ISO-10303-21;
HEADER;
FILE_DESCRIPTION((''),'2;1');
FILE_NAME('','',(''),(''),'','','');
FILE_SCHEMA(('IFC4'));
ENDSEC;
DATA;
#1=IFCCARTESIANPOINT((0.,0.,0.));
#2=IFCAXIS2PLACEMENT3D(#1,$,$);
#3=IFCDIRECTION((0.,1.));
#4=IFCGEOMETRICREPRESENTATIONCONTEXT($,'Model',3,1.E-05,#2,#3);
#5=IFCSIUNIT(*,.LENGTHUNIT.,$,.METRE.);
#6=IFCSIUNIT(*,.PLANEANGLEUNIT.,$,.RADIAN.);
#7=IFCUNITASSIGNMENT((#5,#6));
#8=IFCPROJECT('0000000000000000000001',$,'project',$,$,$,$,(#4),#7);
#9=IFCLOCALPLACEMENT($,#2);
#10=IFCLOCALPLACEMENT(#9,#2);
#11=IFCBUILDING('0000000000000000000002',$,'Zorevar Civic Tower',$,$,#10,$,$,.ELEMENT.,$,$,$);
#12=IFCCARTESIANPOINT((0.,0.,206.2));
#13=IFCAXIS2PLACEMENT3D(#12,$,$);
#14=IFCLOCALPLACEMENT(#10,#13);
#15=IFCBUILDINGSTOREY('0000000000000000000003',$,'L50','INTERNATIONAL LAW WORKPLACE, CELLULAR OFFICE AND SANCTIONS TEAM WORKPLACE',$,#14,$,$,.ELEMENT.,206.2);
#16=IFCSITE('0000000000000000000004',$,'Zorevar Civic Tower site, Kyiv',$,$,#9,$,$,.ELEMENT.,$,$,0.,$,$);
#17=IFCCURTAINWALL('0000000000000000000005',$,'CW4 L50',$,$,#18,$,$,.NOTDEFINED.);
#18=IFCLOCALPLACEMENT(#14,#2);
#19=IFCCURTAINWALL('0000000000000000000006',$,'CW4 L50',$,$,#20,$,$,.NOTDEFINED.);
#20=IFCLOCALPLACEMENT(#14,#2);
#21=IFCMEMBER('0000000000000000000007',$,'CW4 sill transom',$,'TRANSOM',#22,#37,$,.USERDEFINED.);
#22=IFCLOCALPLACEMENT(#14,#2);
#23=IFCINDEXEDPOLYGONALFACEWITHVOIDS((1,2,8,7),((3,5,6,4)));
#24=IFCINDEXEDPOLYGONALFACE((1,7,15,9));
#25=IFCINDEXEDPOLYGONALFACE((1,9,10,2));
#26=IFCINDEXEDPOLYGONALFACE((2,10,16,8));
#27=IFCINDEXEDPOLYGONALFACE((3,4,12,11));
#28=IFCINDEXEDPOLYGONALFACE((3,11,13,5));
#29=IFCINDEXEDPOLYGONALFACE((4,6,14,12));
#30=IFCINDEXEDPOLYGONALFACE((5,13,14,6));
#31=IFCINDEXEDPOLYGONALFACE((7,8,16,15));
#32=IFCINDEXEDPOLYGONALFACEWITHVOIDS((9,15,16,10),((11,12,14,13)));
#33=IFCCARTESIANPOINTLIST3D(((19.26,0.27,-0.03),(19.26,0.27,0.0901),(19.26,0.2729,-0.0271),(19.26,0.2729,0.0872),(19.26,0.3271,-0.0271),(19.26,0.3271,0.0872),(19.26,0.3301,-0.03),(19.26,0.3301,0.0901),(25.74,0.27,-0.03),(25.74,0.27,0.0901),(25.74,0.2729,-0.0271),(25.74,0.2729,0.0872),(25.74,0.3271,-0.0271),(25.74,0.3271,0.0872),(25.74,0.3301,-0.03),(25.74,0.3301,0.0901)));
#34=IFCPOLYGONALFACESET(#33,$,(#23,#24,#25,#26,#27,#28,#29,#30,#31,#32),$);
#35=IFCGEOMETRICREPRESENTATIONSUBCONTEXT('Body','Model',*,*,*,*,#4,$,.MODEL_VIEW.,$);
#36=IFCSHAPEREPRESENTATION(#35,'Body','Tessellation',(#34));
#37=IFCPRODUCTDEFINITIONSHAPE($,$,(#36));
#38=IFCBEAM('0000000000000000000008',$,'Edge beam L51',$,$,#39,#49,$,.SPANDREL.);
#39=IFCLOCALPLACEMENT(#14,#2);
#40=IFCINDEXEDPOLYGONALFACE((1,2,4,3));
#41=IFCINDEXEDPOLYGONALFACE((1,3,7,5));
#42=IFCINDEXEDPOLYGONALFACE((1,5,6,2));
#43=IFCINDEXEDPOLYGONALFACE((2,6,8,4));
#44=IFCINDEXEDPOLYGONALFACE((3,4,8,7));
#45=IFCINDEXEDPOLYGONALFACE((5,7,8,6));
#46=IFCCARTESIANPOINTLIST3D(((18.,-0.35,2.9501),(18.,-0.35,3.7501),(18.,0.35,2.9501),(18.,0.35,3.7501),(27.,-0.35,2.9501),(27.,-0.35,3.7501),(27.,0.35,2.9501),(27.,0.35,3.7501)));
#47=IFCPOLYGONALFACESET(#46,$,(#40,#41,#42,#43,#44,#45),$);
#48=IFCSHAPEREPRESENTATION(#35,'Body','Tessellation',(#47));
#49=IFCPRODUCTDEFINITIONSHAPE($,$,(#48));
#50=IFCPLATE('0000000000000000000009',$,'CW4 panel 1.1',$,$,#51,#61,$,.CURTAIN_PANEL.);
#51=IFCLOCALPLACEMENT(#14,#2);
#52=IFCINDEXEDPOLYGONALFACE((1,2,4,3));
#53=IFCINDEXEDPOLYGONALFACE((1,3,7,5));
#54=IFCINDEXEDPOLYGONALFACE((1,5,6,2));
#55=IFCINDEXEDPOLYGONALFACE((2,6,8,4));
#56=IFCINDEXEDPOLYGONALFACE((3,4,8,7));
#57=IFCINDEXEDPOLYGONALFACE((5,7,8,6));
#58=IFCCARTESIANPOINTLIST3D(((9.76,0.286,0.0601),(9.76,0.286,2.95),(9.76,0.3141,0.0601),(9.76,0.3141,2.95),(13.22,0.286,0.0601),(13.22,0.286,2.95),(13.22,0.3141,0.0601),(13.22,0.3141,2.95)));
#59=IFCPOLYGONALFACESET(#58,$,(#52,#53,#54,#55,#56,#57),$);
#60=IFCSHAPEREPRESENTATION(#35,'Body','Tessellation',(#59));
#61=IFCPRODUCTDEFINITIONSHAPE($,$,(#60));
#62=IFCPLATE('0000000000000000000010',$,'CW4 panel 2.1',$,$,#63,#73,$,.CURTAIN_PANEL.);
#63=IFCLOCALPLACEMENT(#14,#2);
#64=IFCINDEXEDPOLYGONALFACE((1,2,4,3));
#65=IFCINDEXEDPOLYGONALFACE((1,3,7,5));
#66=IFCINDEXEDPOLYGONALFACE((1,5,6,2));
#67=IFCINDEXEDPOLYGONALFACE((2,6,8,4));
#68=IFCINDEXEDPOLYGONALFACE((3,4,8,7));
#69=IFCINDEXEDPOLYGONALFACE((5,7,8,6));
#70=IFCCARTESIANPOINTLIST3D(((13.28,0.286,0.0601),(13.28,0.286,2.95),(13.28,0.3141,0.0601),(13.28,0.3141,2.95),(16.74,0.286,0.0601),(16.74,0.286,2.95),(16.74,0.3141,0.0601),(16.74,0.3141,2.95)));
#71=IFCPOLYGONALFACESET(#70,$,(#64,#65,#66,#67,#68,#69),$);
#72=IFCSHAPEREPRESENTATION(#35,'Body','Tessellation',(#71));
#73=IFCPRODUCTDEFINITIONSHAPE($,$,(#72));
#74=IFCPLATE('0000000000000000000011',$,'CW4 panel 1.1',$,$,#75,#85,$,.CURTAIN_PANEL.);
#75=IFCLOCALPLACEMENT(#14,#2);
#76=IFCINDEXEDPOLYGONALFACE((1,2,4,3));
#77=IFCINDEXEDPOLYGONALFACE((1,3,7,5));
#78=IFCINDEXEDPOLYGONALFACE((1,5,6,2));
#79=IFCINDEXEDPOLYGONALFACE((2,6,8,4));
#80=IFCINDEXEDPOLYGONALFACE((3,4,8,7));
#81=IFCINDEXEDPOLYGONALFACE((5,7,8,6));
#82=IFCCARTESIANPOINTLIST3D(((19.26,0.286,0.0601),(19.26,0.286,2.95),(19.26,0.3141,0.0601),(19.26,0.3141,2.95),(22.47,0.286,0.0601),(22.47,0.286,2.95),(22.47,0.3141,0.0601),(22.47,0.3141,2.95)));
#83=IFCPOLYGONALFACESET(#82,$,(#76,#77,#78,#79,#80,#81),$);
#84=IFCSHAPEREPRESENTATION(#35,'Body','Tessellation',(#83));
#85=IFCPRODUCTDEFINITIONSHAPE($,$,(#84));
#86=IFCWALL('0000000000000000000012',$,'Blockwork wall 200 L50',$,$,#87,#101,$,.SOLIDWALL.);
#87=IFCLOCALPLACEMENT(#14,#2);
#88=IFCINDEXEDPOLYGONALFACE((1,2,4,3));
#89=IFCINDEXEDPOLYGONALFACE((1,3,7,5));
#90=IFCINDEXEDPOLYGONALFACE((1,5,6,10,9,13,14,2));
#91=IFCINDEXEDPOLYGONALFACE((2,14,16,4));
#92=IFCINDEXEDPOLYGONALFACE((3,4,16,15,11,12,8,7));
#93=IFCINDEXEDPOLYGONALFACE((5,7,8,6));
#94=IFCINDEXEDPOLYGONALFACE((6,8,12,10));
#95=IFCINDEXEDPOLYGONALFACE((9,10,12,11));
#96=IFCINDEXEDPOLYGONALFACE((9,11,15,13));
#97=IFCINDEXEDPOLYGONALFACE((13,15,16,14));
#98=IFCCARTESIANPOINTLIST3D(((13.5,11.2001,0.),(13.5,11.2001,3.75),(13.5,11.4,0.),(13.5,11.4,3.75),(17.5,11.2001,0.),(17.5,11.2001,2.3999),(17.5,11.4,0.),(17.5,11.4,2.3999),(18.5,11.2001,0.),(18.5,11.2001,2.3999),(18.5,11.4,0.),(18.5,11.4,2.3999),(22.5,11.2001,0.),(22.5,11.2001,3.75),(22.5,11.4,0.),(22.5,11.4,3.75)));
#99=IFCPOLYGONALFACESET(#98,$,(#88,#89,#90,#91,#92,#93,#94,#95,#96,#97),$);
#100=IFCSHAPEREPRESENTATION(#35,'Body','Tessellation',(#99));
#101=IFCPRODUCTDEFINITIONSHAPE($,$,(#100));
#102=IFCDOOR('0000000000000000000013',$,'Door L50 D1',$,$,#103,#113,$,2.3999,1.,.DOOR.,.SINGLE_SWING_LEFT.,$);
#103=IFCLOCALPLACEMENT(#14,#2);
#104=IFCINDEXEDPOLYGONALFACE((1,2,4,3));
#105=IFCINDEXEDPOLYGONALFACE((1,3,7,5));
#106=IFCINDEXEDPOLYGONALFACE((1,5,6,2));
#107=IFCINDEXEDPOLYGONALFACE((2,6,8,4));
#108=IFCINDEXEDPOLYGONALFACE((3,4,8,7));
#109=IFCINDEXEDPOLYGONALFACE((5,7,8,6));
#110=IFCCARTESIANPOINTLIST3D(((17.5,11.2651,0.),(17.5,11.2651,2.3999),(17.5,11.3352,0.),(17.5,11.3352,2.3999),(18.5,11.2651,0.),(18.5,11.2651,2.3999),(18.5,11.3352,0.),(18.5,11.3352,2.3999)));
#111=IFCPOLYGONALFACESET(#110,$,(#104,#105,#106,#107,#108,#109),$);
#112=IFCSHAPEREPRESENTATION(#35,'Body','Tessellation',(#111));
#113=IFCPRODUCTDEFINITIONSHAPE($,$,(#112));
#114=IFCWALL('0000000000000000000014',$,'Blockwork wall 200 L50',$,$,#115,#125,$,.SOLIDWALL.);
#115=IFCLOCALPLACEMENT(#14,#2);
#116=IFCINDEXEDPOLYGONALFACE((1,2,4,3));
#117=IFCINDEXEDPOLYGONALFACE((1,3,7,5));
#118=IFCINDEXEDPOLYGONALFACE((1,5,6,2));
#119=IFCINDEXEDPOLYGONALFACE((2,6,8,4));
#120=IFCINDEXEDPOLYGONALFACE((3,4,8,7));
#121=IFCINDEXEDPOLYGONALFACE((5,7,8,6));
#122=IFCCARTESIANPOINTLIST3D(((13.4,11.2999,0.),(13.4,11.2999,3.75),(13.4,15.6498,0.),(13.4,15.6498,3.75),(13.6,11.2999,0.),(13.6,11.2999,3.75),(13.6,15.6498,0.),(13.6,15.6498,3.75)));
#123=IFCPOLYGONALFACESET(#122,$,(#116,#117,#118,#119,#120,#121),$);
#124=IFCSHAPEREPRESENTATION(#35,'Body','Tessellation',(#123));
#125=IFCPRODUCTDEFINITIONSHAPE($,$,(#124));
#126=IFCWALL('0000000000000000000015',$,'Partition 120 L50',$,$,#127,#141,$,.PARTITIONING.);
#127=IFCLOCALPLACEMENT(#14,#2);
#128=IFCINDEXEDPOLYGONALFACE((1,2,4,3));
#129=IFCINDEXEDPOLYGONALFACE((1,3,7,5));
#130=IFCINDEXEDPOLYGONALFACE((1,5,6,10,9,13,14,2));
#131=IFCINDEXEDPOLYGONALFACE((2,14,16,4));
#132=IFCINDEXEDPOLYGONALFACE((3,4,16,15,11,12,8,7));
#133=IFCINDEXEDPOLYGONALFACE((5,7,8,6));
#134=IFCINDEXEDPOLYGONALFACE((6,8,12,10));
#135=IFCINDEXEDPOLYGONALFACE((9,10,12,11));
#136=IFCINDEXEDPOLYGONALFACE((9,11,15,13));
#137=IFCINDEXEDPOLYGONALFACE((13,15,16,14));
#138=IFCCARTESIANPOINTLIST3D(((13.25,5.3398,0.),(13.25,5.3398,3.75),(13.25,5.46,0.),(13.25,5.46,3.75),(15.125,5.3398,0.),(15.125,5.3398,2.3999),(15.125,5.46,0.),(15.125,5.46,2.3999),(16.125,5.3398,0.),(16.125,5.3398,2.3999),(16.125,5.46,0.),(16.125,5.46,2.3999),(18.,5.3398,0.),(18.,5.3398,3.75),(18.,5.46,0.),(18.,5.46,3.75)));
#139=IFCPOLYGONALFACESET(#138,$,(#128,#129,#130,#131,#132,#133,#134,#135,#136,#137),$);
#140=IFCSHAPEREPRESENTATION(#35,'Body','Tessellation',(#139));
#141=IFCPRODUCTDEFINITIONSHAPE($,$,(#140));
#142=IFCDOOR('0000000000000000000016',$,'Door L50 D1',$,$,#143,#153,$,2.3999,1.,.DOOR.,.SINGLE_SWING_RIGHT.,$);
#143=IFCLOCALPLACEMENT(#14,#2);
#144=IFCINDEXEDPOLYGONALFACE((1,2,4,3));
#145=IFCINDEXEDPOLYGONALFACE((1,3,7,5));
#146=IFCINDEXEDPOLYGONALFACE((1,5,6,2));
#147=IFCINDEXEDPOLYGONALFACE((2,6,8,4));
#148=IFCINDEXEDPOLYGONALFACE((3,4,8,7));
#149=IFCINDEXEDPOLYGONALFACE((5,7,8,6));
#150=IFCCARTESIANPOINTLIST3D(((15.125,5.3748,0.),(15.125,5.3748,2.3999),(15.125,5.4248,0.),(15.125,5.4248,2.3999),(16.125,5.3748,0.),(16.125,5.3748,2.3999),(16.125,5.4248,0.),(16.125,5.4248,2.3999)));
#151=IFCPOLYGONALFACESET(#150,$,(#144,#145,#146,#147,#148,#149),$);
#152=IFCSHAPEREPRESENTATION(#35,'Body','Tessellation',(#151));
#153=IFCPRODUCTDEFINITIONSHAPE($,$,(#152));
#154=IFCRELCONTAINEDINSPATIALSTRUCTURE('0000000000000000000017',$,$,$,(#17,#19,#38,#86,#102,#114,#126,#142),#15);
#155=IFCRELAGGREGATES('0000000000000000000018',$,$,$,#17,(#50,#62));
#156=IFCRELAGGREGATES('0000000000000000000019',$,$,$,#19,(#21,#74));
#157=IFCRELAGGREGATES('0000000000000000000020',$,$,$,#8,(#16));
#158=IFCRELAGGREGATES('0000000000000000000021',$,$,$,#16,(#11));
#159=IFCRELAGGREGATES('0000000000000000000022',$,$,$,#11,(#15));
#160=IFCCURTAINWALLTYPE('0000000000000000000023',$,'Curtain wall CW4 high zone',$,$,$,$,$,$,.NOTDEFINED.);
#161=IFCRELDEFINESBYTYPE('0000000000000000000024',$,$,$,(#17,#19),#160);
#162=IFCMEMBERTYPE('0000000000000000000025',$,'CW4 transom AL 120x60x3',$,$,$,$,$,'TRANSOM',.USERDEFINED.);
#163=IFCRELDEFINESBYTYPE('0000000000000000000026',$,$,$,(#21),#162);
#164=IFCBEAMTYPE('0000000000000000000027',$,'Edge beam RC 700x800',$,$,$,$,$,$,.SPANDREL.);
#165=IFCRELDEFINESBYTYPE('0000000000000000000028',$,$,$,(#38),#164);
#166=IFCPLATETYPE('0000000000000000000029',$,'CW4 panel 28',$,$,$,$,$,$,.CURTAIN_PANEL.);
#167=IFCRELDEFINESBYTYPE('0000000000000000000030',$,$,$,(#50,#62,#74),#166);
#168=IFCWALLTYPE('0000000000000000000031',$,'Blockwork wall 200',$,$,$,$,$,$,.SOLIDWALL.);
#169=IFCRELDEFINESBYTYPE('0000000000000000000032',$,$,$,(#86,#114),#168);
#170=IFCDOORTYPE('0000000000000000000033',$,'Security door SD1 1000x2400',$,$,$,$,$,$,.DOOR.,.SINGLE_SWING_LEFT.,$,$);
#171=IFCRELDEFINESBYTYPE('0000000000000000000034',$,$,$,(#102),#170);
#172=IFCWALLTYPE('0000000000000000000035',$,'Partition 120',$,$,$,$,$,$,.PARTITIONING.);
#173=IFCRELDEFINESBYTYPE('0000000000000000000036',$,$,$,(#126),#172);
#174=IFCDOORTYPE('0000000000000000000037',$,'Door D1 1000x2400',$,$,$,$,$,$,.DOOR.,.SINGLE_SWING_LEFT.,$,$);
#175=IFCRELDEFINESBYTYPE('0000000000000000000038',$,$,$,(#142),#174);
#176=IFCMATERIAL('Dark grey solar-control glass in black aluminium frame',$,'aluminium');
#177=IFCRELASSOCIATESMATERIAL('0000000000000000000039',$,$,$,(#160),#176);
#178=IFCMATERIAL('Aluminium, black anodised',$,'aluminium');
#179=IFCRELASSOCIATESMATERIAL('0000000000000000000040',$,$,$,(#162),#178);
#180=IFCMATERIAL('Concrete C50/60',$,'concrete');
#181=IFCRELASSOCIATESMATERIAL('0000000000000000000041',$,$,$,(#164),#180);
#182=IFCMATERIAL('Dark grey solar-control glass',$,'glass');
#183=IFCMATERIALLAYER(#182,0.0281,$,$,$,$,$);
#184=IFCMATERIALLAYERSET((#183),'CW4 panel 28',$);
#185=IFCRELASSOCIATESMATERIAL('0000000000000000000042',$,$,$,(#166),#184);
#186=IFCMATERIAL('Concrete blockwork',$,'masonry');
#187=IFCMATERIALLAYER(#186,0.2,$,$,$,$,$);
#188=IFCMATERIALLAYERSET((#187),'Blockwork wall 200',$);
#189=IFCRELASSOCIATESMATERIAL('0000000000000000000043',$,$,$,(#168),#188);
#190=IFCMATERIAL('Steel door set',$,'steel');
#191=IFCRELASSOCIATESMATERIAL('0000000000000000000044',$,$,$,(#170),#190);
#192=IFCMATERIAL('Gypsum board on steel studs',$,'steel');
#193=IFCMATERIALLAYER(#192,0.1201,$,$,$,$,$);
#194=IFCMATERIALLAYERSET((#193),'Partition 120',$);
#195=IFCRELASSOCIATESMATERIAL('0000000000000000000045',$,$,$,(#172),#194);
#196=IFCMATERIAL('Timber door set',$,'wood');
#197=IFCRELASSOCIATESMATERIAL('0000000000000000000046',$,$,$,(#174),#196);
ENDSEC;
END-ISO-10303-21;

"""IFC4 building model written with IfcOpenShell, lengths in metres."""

from ifc_helpers import new_model, si_unit, direction, frame, frame_2d, origin, origin_2d, place, context, subcontext, project, spatial, rectangle, hollow_rectangle, extrude, material, layer, layer_set, material_profile, profile_set, type_object, element, fill, aggregate, save


model = new_model("IFC4")

# Units and contexts
model_context = context("Model", 3, precision=1e-05, world=origin(), true_north=direction((0.0, 1.0)))
body_context = subcontext(model_context, "Body", "Model", "MODEL_VIEW")
ifc_project = project(units=[si_unit("LENGTHUNIT", "METRE"), si_unit("PLANEANGLEUNIT", "RADIAN")], contexts=[model_context])

# Site, building, storey
site_placement = place(None, origin())
site = spatial("IfcSite", under=ifc_project, at=site_placement, Name="Zorevar Civic Tower site, Kyiv", CompositionType="ELEMENT", RefElevation=0.0)
building_placement = place(site_placement, origin())
building = spatial("IfcBuilding", under=site, at=building_placement, Name="Zorevar Civic Tower", CompositionType="ELEMENT")
storey_placement = place(building_placement, frame((0.0, 0.0, 206.2)))
storey = spatial("IfcBuildingStorey", under=building, at=storey_placement, Name="L50", Description="INTERNATIONAL LAW WORKPLACE, CELLULAR OFFICE AND SANCTIONS TEAM WORKPLACE", CompositionType="ELEMENT", Elevation=206.2)

# Curtain wall
ifc_material_1 = material(Name="Dark grey solar-control glass in black aluminium frame", Category="aluminium")
curtain_wall_type = type_object("IfcCurtainWallType", Name="Curtain wall CW4 high zone", PredefinedType="NOTDEFINED", material=ifc_material_1)
curtain_wall_1_placement = place(storey_placement, origin())
curtain_wall_1 = element("IfcCurtainWall", 1, at=curtain_wall_1_placement, inside=storey, type_object=curtain_wall_type, Name="CW4 L50", PredefinedType="NOTDEFINED")

# Curtain wall
curtain_wall_2_placement = place(storey_placement, origin())
curtain_wall_2 = element("IfcCurtainWall", 2, at=curtain_wall_2_placement, inside=storey, type_object=curtain_wall_type, Name="CW4 L50", PredefinedType="NOTDEFINED")

# Member
ifc_material_2 = material(Name="Aluminium, black anodised", Category="aluminium")
ifc_material_profile_1 = material_profile(ifc_material_2, hollow_rectangle(XDim=0.0601, YDim=0.1201, WallThickness=0.0029, at=origin_2d()), Name="AL 120x60x3")
ifc_profile_set_1 = profile_set([ifc_material_profile_1], Name="Aluminium, black anodised")
member_type_1 = type_object("IfcMemberType", Name="CW4 transom AL 120x60x3", ElementType="TRANSOM", PredefinedType="USERDEFINED", material=ifc_profile_set_1)
member_1_placement = place(storey_placement, frame((19.26, 0.3, 0.03), z_axis=(1.0, 0.0, 0.0), x_axis=(0.0, 1.0, 0.0)))
member_1 = element("IfcMember", 3, at=member_1_placement, type_object=member_type_1, Name="CW4 sill transom", ObjectType="TRANSOM", PredefinedType="USERDEFINED", context=body_context, shape_type="SweptSolid", body=[
    extrude(hollow_rectangle(XDim=0.0601, YDim=0.1201, WallThickness=0.0029, at=origin_2d()), origin(), (0.0, 0.0, 1.0), 6.48),
])

# Beam
ifc_material_3 = material(Name="Concrete C50/60", Category="concrete")
ifc_material_profile_2 = material_profile(ifc_material_3, rectangle(XDim=0.7, YDim=0.8, at=origin_2d()), Name="RC 700x800")
ifc_profile_set_2 = profile_set([ifc_material_profile_2], Name="Concrete C50/60")
beam_type_1 = type_object("IfcBeamType", Name="Edge beam RC 700x800", PredefinedType="SPANDREL", material=ifc_profile_set_2)
beam_1_placement = place(storey_placement, frame((18.0, 0.0, 3.3501), z_axis=(1.0, 0.0, 0.0), x_axis=(0.0, 1.0, 0.0)))
element("IfcBeam", 4, at=beam_1_placement, inside=storey, type_object=beam_type_1, Name="Edge beam L51", PredefinedType="SPANDREL", context=body_context, shape_type="SweptSolid", body=[
    extrude(rectangle(XDim=0.7, YDim=0.8, at=origin_2d()), origin(), (0.0, 0.0, 1.0), 9.0),
])

# Plates
ifc_material_4 = material(Name="Dark grey solar-control glass", Category="glass")
ifc_layer_1 = layer(ifc_material_4, 0.0281)
ifc_layer_set_1 = layer_set([ifc_layer_1], Name="CW4 panel 28")
plate_type = type_object("IfcPlateType", Name="CW4 panel 28", PredefinedType="CURTAIN_PANEL", material=ifc_layer_set_1)
plate_1_placement = place(storey_placement, frame((11.49, 0.3, 0.0601), z_axis=(0.0, 0.0, 1.0), x_axis=(1.0, 0.0, 0.0)))
plate_1 = element("IfcPlate", 5, at=plate_1_placement, type_object=plate_type, Name="CW4 panel 1.1", PredefinedType="CURTAIN_PANEL", context=body_context, shape_type="SweptSolid", body=[
    extrude(rectangle(XDim=3.46, YDim=0.0281, at=origin_2d()), origin(), (0.0, 0.0, 1.0), 2.8899),
])
plate_2_placement = place(storey_placement, frame((15.01, 0.3, 0.0601), z_axis=(0.0, 0.0, 1.0), x_axis=(1.0, 0.0, 0.0)))
plate_2 = element("IfcPlate", 6, at=plate_2_placement, type_object=plate_type, Name="CW4 panel 2.1", PredefinedType="CURTAIN_PANEL", context=body_context, shape_type="SweptSolid", body=[
    extrude(rectangle(XDim=3.46, YDim=0.0281, at=origin_2d()), origin(), (0.0, 0.0, 1.0), 2.8899),
])
aggregate(curtain_wall_1, [plate_1, plate_2])
plate_3_placement = place(storey_placement, frame((20.865, 0.3, 0.0601), z_axis=(0.0, 0.0, 1.0), x_axis=(1.0, 0.0, 0.0)))
plate_3 = element("IfcPlate", 7, at=plate_3_placement, type_object=plate_type, Name="CW4 panel 1.1", PredefinedType="CURTAIN_PANEL", context=body_context, shape_type="SweptSolid", body=[
    extrude(rectangle(XDim=3.21, YDim=0.0281, at=origin_2d()), origin(), (0.0, 0.0, 1.0), 2.8899),
])
aggregate(curtain_wall_2, [member_1, plate_3])

# Wall, opening, door
ifc_material_5 = material(Name="Concrete blockwork", Category="masonry")
ifc_layer_2 = layer(ifc_material_5, 0.2)
ifc_layer_set_2 = layer_set([ifc_layer_2], Name="Blockwork wall 200")
wall_type_1 = type_object("IfcWallType", Name="Blockwork wall 200", PredefinedType="SOLIDWALL", material=ifc_layer_set_2)
wall_1_placement = place(storey_placement, frame((13.5, 11.3, 0.0), z_axis=(0.0, 0.0, 1.0), x_axis=(1.0, 0.0, 0.0)))
wall_1 = element("IfcWall", 8, at=wall_1_placement, inside=storey, type_object=wall_type_1, Name="Blockwork wall 200 L50", PredefinedType="SOLIDWALL", context=body_context, shape_type="SweptSolid", body=[
    extrude(rectangle(XDim=9.0, YDim=0.2, at=frame_2d((4.5, 0.0))), origin(), (0.0, 0.0, 1.0), 3.75),
])
opening_1_placement = place(wall_1_placement, frame((4.0, 0.0, 0.0)))
opening_1 = element("IfcOpeningElement", 9, at=opening_1_placement, cuts=wall_1, PredefinedType="OPENING", context=body_context, shape_type="SweptSolid", body=[
    extrude(rectangle(XDim=1.0, YDim=2.3999, at=frame_2d((0.5, 1.2))), frame((0.0, 0.1099, 0.0), z_axis=(0.0, -1.0, 0.0), x_axis=(1.0, 0.0, 0.0)), (0.0, 0.0, 1.0), 0.22),
])
ifc_material_6 = material(Name="Steel door set", Category="steel")
door_type_1 = type_object("IfcDoorType", Name="Security door SD1 1000x2400", OperationType="SINGLE_SWING_LEFT", PredefinedType="DOOR", material=ifc_material_6)
door_1_placement = place(opening_1_placement, origin())
door_1 = element("IfcDoor", 10, at=door_1_placement, inside=storey, type_object=door_type_1, Name="Door L50 D1", OperationType="SINGLE_SWING_LEFT", OverallHeight=2.3999, OverallWidth=1.0, PredefinedType="DOOR", context=body_context, shape_type="SweptSolid", body=[
    extrude(rectangle(XDim=1.0, YDim=2.3999, at=frame_2d((0.5, 1.2))), frame((0.0, 0.0352, 0.0), z_axis=(0.0, -1.0, 0.0), x_axis=(1.0, 0.0, 0.0)), (0.0, 0.0, 1.0), 0.0701),
])
fill(opening_1, door_1)

# Wall
wall_2_placement = place(storey_placement, frame((13.5, 11.3, 0.0), z_axis=(0.0, 0.0, 1.0), x_axis=(0.0, 1.0, 0.0)))
element("IfcWall", 11, at=wall_2_placement, inside=storey, type_object=wall_type_1, Name="Blockwork wall 200 L50", PredefinedType="SOLIDWALL", context=body_context, shape_type="SweptSolid", body=[
    extrude(rectangle(XDim=4.3499, YDim=0.2, at=frame_2d((2.1748, 0.0))), origin(), (0.0, 0.0, 1.0), 3.75),
])

# Wall, opening, door
ifc_material_7 = material(Name="Gypsum board on steel studs", Category="steel")
ifc_layer_3 = layer(ifc_material_7, 0.1201)
ifc_layer_set_3 = layer_set([ifc_layer_3], Name="Partition 120")
wall_type_2 = type_object("IfcWallType", Name="Partition 120", PredefinedType="PARTITIONING", material=ifc_layer_set_3)
wall_3_placement = place(storey_placement, frame((13.25, 5.3999, 0.0), z_axis=(0.0, 0.0, 1.0), x_axis=(1.0, 0.0, 0.0)))
wall_3 = element("IfcWall", 12, at=wall_3_placement, inside=storey, type_object=wall_type_2, Name="Partition 120 L50", PredefinedType="PARTITIONING", context=body_context, shape_type="SweptSolid", body=[
    extrude(rectangle(XDim=4.75, YDim=0.1201, at=frame_2d((2.375, 0.0))), origin(), (0.0, 0.0, 1.0), 3.75),
])
opening_2_placement = place(wall_3_placement, frame((1.875, 0.0, 0.0)))
opening_2 = element("IfcOpeningElement", 13, at=opening_2_placement, cuts=wall_3, PredefinedType="OPENING", context=body_context, shape_type="SweptSolid", body=[
    extrude(rectangle(XDim=1.0, YDim=2.3999, at=frame_2d((0.5, 1.2))), frame((0.0, 0.0701, 0.0), z_axis=(0.0, -1.0, 0.0), x_axis=(1.0, 0.0, 0.0)), (0.0, 0.0, 1.0), 0.1401),
])
ifc_material_8 = material(Name="Timber door set", Category="wood")
door_type_2 = type_object("IfcDoorType", Name="Door D1 1000x2400", OperationType="SINGLE_SWING_LEFT", PredefinedType="DOOR", material=ifc_material_8)
door_2_placement = place(opening_2_placement, origin())
door_2 = element("IfcDoor", 14, at=door_2_placement, inside=storey, type_object=door_type_2, Name="Door L50 D1", OperationType="SINGLE_SWING_RIGHT", OverallHeight=2.3999, OverallWidth=1.0, PredefinedType="DOOR", context=body_context, shape_type="SweptSolid", body=[
    extrude(rectangle(XDim=1.0, YDim=2.3999, at=frame_2d((0.5, 1.2))), frame((0.0, 0.0249, 0.0), z_axis=(0.0, -1.0, 0.0), x_axis=(1.0, 0.0, 0.0)), (0.0, 0.0, 1.0), 0.05),
])
fill(opening_2, door_2)

save(model, "model.ifc")
